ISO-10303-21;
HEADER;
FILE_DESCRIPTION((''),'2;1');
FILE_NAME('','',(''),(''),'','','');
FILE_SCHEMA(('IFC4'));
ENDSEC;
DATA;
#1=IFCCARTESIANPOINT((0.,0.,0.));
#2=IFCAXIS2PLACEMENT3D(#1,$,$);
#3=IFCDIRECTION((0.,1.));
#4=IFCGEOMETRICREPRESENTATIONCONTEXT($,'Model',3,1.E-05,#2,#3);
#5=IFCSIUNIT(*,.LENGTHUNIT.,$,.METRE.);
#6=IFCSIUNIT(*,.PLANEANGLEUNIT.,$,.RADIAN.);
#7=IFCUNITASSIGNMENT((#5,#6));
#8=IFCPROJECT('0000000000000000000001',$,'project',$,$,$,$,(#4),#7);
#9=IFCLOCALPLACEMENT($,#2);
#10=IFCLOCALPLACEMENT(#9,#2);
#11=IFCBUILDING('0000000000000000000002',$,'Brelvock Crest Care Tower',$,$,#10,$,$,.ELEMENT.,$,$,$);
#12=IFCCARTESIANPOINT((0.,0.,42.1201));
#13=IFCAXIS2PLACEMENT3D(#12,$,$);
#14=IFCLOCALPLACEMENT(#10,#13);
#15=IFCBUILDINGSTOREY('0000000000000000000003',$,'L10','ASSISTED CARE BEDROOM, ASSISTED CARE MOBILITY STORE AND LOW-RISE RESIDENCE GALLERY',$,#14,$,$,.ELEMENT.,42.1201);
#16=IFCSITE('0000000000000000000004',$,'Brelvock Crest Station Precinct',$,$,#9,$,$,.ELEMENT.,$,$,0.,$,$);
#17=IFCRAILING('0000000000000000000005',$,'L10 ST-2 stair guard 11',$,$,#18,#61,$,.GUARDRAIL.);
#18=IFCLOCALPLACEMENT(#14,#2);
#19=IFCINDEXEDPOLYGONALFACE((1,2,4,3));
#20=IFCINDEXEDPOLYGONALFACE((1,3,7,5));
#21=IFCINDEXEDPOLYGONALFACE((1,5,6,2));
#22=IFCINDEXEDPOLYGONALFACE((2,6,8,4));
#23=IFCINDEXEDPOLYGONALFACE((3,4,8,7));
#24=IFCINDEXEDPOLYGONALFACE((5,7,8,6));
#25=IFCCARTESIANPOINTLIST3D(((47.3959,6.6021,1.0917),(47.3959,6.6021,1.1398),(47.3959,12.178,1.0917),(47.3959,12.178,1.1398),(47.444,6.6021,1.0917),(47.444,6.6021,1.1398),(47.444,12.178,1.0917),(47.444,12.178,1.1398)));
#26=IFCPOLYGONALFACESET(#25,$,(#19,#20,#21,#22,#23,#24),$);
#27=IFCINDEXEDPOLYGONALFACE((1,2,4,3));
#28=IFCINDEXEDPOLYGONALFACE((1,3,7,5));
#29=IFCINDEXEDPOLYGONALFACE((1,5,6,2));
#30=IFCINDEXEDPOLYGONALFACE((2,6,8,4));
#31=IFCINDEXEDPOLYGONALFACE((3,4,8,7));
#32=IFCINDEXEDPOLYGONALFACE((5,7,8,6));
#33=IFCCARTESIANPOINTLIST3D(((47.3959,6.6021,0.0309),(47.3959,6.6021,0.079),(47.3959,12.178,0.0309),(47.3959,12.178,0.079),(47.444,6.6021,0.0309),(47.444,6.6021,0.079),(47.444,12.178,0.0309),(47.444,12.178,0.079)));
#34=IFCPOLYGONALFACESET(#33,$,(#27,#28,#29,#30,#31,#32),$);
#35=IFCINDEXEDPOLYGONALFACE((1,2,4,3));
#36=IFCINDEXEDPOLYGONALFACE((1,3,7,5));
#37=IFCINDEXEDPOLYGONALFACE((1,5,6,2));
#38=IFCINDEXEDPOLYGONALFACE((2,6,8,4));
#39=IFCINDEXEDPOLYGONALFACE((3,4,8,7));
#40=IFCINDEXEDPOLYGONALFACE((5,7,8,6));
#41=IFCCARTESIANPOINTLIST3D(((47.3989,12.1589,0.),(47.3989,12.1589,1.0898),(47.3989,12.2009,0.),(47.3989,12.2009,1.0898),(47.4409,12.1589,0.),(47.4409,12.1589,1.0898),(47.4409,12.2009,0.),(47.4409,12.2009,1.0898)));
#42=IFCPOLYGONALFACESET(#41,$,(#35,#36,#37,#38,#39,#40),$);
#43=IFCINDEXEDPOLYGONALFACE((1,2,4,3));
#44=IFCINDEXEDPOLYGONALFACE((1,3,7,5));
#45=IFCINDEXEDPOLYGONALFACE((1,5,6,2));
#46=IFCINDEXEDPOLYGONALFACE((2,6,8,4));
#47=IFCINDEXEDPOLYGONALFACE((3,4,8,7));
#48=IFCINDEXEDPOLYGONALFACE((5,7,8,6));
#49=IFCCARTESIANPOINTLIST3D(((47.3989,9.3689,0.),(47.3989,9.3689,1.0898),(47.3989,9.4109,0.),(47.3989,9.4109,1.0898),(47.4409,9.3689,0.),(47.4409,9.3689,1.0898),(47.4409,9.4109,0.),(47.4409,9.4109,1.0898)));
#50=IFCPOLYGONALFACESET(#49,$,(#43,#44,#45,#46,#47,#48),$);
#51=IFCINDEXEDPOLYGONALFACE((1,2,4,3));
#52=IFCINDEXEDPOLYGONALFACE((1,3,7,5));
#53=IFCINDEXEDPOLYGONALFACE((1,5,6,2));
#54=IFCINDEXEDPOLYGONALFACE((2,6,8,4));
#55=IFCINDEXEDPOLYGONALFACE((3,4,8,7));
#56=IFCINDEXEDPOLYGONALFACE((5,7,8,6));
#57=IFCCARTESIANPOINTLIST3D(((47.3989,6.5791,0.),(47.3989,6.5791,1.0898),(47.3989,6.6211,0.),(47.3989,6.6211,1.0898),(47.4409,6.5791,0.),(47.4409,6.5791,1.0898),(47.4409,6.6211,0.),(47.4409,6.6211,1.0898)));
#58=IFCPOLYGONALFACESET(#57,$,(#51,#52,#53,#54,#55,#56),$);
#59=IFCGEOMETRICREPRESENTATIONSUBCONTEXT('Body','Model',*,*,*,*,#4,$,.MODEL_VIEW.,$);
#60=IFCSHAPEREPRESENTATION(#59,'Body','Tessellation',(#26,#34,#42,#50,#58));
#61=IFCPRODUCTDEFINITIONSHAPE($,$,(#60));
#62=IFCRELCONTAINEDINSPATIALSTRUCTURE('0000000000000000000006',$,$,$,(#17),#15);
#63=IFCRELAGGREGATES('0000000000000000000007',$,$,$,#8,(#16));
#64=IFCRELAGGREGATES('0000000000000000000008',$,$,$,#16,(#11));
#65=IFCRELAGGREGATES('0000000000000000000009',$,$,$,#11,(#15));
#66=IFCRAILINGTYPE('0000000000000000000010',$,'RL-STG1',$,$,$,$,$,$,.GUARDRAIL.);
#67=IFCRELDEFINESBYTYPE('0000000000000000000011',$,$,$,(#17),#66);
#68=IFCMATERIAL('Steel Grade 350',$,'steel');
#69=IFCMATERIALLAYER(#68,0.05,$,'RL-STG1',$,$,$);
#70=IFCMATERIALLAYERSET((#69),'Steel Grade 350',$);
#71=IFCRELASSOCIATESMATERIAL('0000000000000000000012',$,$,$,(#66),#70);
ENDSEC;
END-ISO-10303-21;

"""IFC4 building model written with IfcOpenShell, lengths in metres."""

from ifc_helpers import new_model, si_unit, direction, frame, origin, origin_2d, place, context, subcontext, project, spatial, rectangle, extrude, material, layer, layer_set, type_object, element, save


model = new_model("IFC4")

# Units and contexts
model_context = context("Model", 3, precision=1e-05, world=origin(), true_north=direction((0.0, 1.0)))
body_context = subcontext(model_context, "Body", "Model", "MODEL_VIEW")
ifc_project = project(units=[si_unit("LENGTHUNIT", "METRE"), si_unit("PLANEANGLEUNIT", "RADIAN")], contexts=[model_context])

# Site, building, storey
site_placement = place(None, origin())
site = spatial("IfcSite", under=ifc_project, at=site_placement, Name="Brelvock Crest Station Precinct", CompositionType="ELEMENT", RefElevation=0.0)
building_placement = place(site_placement, origin())
building = spatial("IfcBuilding", under=site, at=building_placement, Name="Brelvock Crest Care Tower", CompositionType="ELEMENT")
storey_placement = place(building_placement, frame((0.0, 0.0, 42.1201)))
storey = spatial("IfcBuildingStorey", under=building, at=storey_placement, Name="L10", Description="ASSISTED CARE BEDROOM, ASSISTED CARE MOBILITY STORE AND LOW-RISE RESIDENCE GALLERY", CompositionType="ELEMENT", Elevation=42.1201)

# Shared definitions
ifc_material_1 = material(Name="Steel Grade 350", Category="steel")

# Railing
ifc_layer_1 = layer(ifc_material_1, 0.05, Name="RL-STG1")
ifc_layer_set_1 = layer_set([ifc_layer_1], Name="Steel Grade 350")
railing_type = type_object("IfcRailingType", Name="RL-STG1", PredefinedType="GUARDRAIL", material=ifc_layer_set_1)
railing_placement = place(storey_placement, frame((47.4199, 12.1799, 0.0)))
element("IfcRailing", 1, at=railing_placement, inside=storey, type_object=railing_type, Name="L10 ST-2 stair guard 11", PredefinedType="GUARDRAIL", context=body_context, shape_type="SweptSolid", body=[
    extrude(rectangle(XDim=0.0481, YDim=0.0481, at=origin_2d()), frame((0.0, -0.002, 1.1157), z_axis=(0.0, -1.0, 0.0), x_axis=(1.0, 0.0, 0.0)), (0.0, 0.0, 1.0), 5.5759),
    extrude(rectangle(XDim=0.0481, YDim=0.0481, at=origin_2d()), frame((0.0, -0.002, 0.0549), z_axis=(0.0, -1.0, 0.0), x_axis=(1.0, 0.0, 0.0)), (0.0, 0.0, 1.0), 5.5759),
    extrude(rectangle(XDim=0.042, YDim=0.042, at=origin_2d()), origin(), (0.0, 0.0, 1.0), 1.0898),
    extrude(rectangle(XDim=0.042, YDim=0.042, at=origin_2d()), frame((0.0, -2.79, 0.0)), (0.0, 0.0, 1.0), 1.0898),
    extrude(rectangle(XDim=0.042, YDim=0.042, at=origin_2d()), frame((0.0, -5.5798, 0.0)), (0.0, 0.0, 1.0), 1.0898),
])

save(model, "model.ifc")
